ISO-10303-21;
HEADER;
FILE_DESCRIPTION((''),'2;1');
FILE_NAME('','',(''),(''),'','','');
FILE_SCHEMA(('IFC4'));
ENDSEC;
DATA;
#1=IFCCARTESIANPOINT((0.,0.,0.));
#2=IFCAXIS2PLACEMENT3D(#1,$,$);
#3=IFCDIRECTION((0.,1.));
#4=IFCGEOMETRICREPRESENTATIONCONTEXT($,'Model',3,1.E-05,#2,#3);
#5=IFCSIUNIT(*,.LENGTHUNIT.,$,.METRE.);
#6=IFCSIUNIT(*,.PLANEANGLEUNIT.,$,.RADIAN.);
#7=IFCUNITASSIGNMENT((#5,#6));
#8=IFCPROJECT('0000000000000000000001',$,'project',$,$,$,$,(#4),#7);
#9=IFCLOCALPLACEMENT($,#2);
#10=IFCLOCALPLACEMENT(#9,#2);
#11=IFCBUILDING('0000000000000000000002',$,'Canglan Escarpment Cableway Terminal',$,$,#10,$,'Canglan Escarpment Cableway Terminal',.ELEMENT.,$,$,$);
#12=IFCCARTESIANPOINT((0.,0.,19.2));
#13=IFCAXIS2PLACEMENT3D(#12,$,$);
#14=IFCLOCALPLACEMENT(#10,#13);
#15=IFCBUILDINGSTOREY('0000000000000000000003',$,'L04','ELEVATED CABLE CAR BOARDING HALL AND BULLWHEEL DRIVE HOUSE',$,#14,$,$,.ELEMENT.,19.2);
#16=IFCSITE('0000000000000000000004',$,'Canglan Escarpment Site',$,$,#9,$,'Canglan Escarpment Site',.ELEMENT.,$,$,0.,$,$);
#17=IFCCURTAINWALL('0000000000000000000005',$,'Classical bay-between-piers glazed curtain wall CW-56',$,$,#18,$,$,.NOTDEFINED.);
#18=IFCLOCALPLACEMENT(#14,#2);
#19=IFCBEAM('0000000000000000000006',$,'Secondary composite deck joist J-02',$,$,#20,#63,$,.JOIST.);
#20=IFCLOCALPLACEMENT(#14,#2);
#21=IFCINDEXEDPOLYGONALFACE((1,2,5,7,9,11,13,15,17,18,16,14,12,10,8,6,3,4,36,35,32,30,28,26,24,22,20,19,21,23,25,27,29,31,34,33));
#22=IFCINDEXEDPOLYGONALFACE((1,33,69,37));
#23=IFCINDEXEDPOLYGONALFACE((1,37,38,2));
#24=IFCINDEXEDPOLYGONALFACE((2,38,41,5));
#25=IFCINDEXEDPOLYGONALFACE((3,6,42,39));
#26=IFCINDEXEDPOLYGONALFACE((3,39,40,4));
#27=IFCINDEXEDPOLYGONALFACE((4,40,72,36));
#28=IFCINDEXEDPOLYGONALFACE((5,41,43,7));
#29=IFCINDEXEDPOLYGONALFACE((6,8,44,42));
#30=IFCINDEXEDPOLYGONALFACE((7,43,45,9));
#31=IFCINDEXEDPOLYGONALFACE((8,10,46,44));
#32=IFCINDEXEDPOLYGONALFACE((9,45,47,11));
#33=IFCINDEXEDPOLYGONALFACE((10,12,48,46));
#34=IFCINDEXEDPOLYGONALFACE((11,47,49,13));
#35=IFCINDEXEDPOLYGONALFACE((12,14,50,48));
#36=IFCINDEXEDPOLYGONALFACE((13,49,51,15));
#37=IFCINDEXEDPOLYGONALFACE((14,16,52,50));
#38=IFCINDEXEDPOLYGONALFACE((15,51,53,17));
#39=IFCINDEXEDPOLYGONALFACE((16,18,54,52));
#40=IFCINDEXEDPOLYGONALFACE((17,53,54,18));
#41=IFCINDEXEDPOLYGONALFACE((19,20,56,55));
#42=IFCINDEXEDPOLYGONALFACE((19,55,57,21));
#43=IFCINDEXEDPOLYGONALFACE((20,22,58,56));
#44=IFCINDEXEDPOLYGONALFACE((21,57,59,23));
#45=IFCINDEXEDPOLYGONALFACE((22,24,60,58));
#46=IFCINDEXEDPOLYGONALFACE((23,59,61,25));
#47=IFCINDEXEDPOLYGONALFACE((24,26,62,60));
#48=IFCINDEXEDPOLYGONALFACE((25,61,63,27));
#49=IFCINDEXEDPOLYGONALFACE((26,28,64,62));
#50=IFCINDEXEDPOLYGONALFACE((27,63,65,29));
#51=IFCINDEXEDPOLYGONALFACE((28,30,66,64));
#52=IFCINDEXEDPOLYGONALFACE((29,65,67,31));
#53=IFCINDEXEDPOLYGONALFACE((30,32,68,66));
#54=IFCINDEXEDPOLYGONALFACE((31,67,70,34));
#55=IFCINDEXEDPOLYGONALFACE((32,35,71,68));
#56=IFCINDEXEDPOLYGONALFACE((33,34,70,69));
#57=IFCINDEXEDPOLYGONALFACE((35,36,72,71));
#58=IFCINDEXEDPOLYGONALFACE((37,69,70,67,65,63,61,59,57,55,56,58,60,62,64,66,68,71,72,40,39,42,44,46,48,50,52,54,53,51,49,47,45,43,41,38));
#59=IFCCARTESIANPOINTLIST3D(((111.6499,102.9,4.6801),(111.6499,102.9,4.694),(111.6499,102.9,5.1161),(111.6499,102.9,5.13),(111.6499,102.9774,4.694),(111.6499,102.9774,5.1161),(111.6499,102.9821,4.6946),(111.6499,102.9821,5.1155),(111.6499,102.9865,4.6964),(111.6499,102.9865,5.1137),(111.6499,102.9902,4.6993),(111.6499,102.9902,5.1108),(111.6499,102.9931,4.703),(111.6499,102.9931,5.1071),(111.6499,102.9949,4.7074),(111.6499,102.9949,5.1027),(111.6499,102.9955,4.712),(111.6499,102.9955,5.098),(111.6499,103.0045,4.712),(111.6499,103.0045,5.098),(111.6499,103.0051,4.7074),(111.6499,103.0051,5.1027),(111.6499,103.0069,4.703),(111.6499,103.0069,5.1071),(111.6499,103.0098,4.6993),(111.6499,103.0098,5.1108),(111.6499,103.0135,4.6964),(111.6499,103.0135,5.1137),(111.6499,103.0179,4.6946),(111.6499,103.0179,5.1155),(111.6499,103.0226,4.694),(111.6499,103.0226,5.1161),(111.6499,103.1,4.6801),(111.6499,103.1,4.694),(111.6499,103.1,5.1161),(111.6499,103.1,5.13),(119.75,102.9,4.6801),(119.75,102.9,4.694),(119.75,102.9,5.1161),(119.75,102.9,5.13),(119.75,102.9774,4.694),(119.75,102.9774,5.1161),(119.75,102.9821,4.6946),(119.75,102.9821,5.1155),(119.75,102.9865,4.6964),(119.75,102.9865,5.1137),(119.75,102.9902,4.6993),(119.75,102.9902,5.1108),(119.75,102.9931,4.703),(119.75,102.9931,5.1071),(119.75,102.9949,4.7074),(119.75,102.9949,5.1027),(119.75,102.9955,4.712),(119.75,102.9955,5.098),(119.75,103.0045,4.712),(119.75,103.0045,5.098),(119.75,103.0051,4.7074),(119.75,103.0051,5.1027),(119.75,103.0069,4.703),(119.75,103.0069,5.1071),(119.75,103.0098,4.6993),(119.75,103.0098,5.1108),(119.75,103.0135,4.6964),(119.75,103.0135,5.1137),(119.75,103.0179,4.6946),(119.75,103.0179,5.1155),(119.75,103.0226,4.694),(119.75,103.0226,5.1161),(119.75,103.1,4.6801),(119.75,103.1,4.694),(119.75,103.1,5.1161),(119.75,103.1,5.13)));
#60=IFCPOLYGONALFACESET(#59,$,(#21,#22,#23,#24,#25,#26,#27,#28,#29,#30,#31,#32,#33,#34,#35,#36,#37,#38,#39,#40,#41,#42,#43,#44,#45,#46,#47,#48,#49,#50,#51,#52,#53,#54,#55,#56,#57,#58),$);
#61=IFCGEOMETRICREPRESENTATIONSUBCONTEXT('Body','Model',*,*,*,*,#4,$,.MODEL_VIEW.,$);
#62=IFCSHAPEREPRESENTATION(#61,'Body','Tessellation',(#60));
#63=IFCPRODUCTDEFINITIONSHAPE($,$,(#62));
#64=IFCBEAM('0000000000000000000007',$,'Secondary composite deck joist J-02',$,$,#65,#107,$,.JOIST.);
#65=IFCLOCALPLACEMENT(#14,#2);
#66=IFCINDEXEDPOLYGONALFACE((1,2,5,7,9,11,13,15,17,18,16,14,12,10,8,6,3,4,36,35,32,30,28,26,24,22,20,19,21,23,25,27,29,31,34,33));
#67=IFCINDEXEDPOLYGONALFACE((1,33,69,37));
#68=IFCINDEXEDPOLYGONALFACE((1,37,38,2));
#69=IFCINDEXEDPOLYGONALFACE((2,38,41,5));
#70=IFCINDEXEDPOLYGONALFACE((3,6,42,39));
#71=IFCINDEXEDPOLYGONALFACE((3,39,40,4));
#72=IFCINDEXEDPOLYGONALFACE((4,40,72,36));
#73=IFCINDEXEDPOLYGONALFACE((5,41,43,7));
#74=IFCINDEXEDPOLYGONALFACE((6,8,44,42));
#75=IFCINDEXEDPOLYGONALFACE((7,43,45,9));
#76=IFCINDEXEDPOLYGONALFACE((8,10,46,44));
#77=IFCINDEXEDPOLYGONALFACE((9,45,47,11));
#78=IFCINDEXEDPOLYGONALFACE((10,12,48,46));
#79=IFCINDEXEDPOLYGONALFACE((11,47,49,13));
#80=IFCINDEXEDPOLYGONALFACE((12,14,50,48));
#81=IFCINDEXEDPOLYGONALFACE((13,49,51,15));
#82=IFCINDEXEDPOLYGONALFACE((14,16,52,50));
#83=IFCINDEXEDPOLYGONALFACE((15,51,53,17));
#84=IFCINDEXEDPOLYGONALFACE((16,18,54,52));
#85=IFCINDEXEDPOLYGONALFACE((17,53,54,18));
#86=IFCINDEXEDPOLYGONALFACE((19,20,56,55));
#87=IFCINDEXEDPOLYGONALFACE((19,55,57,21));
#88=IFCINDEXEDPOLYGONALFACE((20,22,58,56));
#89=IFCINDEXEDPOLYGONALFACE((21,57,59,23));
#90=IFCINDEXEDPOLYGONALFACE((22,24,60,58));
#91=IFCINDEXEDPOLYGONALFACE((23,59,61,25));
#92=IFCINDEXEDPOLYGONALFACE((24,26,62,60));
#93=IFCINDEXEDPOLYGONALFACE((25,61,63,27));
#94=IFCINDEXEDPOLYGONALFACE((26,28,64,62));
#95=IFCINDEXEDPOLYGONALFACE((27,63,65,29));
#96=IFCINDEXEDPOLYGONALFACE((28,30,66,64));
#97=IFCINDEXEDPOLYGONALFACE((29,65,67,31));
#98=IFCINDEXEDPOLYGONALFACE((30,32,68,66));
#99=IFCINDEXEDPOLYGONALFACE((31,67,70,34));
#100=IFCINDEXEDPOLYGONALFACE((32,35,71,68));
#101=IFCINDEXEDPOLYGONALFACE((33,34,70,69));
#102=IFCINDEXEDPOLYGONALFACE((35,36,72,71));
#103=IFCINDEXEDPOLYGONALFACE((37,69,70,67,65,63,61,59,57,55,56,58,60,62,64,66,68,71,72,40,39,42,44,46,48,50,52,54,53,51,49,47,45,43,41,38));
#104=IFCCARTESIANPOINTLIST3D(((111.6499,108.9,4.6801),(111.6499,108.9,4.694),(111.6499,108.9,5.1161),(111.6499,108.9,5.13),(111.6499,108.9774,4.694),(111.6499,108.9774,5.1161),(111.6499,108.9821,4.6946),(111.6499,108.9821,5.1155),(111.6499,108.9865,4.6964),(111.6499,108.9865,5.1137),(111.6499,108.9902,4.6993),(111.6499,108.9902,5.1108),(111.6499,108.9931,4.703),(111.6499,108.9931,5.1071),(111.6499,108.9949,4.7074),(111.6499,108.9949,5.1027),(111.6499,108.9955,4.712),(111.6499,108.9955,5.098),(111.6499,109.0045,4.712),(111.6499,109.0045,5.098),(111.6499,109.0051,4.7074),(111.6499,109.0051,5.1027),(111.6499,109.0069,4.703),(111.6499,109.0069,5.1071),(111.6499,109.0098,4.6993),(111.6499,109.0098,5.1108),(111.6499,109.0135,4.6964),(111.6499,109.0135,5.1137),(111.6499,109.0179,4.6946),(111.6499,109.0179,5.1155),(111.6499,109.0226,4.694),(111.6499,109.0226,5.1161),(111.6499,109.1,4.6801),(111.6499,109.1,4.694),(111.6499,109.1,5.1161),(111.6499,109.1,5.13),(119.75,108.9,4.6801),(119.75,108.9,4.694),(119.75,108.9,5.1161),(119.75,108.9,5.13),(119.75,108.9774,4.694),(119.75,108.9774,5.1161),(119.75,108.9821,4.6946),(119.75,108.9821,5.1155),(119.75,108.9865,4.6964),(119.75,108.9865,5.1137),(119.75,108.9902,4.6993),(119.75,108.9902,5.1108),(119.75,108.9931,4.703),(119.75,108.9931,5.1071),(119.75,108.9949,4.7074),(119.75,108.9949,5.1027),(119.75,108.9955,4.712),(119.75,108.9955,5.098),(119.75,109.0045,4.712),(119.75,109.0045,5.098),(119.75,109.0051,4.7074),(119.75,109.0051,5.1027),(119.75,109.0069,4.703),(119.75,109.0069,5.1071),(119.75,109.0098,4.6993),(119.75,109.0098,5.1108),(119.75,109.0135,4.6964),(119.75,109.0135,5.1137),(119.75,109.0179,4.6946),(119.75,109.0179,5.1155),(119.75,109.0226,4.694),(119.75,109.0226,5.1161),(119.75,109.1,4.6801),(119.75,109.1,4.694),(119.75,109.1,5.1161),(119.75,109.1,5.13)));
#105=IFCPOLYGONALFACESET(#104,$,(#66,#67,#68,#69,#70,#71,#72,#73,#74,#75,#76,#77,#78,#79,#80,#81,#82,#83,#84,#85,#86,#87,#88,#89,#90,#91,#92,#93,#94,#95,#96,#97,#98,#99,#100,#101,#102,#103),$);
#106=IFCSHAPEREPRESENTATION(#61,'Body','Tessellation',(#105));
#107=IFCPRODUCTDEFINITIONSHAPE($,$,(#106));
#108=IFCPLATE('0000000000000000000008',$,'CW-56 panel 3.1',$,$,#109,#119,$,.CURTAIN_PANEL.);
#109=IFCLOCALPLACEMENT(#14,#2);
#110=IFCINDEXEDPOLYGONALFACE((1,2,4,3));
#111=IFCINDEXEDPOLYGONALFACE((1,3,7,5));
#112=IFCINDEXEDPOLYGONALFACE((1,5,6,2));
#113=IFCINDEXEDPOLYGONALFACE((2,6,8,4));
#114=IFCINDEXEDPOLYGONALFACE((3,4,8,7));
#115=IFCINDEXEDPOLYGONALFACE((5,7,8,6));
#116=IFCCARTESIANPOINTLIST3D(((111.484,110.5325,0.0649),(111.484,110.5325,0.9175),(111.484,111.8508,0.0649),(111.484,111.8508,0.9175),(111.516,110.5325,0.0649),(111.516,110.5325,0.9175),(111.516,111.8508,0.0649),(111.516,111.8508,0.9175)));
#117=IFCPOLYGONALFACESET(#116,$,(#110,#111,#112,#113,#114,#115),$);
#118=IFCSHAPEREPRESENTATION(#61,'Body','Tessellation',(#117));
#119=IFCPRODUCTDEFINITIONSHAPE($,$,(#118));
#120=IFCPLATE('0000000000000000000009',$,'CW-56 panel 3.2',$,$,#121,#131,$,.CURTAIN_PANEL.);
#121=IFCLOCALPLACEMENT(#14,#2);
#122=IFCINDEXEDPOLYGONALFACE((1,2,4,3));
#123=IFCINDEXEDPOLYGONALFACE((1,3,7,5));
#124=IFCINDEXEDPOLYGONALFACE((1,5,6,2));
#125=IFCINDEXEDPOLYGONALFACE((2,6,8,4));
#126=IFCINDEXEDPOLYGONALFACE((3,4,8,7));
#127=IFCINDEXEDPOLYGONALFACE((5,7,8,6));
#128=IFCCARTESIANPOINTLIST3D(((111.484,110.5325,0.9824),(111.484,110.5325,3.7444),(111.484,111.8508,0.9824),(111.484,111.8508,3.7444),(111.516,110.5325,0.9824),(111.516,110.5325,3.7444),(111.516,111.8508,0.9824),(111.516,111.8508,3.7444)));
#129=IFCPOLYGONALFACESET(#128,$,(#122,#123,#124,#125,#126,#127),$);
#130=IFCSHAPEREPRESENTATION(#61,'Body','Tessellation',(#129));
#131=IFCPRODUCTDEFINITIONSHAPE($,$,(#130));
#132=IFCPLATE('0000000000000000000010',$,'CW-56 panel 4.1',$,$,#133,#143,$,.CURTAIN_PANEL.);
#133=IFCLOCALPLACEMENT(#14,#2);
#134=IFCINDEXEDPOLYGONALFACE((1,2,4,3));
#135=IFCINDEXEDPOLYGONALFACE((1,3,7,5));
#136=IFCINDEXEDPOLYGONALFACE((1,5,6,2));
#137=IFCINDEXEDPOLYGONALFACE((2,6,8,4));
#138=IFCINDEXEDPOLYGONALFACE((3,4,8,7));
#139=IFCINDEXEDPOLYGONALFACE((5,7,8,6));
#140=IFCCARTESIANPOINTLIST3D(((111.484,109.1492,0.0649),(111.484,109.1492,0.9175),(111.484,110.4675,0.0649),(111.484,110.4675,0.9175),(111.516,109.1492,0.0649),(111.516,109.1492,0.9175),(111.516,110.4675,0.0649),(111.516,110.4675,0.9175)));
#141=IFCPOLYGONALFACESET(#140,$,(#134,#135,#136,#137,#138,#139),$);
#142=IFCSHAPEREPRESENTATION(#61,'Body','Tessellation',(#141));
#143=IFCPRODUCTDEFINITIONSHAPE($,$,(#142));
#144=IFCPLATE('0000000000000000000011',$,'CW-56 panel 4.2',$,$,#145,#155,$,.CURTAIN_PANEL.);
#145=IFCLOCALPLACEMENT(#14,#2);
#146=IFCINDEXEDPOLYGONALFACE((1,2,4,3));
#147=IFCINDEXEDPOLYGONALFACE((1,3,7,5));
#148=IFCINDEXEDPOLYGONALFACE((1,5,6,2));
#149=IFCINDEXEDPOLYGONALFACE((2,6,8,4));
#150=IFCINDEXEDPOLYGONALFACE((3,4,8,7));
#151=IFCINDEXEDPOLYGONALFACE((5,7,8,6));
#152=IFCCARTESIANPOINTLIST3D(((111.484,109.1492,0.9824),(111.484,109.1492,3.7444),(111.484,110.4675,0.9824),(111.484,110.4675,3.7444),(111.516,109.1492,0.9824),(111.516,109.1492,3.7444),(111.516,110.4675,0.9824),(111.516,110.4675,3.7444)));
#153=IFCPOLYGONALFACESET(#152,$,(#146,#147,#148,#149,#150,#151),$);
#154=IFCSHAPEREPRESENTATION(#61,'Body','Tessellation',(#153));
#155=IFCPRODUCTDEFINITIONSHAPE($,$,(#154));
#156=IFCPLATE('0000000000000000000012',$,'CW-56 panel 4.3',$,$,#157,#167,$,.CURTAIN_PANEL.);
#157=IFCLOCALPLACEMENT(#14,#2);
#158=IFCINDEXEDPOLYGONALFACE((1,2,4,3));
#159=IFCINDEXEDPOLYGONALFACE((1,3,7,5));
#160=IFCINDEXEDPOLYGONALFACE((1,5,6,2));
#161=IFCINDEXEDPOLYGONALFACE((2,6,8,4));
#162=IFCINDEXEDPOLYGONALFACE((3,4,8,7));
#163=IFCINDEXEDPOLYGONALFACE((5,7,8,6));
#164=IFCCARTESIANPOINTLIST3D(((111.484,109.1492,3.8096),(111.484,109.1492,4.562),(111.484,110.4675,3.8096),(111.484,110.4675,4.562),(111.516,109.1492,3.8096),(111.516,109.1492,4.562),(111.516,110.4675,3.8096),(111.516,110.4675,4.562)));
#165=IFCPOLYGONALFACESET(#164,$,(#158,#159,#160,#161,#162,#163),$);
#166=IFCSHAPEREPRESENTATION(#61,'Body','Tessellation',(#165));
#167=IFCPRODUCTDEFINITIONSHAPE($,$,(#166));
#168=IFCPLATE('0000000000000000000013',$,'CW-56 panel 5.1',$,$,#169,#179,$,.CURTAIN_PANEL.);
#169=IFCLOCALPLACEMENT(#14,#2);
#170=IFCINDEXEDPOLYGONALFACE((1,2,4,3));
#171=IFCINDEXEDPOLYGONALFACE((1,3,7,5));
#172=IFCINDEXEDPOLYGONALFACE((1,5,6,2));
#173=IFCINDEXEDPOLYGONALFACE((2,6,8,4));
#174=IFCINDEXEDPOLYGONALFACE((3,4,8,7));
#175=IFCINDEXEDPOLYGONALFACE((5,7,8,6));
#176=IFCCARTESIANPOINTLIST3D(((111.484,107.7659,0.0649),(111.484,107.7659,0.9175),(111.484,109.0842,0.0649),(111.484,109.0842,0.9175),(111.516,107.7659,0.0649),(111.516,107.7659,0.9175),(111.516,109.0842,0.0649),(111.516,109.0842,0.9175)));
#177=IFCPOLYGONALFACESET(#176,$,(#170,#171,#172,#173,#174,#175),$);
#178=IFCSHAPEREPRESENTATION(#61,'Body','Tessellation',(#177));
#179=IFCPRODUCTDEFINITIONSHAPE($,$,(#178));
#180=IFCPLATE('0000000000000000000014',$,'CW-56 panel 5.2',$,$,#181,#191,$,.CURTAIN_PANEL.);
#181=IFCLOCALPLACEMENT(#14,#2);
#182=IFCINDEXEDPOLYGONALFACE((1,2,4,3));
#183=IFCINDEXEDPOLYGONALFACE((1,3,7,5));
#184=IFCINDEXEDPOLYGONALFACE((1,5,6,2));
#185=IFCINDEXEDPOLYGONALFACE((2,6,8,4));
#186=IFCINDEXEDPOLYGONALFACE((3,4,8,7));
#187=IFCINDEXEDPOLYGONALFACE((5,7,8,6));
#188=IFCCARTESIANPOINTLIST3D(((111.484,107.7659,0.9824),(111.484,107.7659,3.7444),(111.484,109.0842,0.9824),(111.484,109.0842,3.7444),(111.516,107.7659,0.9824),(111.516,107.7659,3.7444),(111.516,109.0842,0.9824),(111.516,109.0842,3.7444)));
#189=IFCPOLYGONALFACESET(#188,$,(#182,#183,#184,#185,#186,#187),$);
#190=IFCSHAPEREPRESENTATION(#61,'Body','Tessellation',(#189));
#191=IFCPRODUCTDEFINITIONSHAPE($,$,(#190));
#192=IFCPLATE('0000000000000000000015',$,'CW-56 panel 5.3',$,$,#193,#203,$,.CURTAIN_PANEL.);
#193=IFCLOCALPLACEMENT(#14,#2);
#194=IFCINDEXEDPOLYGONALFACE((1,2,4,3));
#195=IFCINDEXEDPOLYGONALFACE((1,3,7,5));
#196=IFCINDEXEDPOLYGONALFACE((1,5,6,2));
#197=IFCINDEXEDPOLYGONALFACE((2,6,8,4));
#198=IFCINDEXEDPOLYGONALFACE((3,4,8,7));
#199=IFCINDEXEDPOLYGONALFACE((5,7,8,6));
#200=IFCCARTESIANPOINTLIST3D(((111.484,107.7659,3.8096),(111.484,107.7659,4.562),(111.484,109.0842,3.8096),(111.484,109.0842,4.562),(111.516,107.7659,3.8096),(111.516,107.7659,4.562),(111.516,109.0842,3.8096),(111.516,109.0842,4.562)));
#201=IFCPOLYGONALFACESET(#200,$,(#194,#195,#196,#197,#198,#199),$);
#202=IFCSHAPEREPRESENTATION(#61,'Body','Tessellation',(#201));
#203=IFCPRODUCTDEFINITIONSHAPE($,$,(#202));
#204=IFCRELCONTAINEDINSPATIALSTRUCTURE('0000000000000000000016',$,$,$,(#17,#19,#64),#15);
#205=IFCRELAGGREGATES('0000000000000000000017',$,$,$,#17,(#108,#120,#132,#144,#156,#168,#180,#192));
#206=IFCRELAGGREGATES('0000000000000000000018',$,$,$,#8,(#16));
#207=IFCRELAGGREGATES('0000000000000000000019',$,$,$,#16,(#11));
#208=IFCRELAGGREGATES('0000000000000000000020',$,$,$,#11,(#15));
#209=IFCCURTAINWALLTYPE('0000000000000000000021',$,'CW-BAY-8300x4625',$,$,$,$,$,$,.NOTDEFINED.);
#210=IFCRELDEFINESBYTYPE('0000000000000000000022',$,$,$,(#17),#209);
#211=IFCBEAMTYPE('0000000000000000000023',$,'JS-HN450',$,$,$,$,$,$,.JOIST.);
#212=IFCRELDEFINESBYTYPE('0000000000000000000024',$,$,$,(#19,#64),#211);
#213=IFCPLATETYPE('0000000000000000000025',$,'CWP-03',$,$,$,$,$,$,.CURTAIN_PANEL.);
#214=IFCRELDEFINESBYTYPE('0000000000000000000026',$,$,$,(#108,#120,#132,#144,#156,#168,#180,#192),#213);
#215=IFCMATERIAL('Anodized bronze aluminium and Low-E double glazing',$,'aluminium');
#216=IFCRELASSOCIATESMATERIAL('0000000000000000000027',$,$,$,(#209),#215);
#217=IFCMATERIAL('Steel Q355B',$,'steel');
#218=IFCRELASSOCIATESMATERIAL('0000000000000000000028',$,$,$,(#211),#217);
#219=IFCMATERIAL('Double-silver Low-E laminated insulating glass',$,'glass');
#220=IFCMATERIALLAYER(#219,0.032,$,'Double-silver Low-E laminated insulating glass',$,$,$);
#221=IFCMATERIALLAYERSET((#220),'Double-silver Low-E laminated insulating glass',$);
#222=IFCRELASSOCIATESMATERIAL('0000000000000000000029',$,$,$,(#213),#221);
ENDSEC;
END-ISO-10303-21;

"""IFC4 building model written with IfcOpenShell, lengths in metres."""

from ifc_helpers import new_model, si_unit, direction, frame, origin, origin_2d, place, context, subcontext, project, spatial, rectangle, i_section, extrude, material, layer, layer_set, material_profile, profile_set, type_object, element, aggregate, save


model = new_model("IFC4")

# Units and contexts
model_context = context("Model", 3, precision=1e-05, world=origin(), true_north=direction((0.0, 1.0)))
body_context = subcontext(model_context, "Body", "Model", "MODEL_VIEW")
ifc_project = project(units=[si_unit("LENGTHUNIT", "METRE"), si_unit("PLANEANGLEUNIT", "RADIAN")], contexts=[model_context])

# Site, building, storey
site_placement = place(None, origin())
site = spatial("IfcSite", under=ifc_project, at=site_placement, Name="Canglan Escarpment Site", LongName="Canglan Escarpment Site", CompositionType="ELEMENT", RefElevation=0.0)
building_placement = place(site_placement, origin())
building = spatial("IfcBuilding", under=site, at=building_placement, Name="Canglan Escarpment Cableway Terminal", LongName="Canglan Escarpment Cableway Terminal", CompositionType="ELEMENT")
storey_placement = place(building_placement, frame((0.0, 0.0, 19.2)))
storey = spatial("IfcBuildingStorey", under=building, at=storey_placement, Name="L04", Description="ELEVATED CABLE CAR BOARDING HALL AND BULLWHEEL DRIVE HOUSE", CompositionType="ELEMENT", Elevation=19.2)

# Curtain wall
ifc_material_1 = material(Name="Anodized bronze aluminium and Low-E double glazing", Category="aluminium")
curtain_wall_type = type_object("IfcCurtainWallType", Name="CW-BAY-8300x4625", PredefinedType="NOTDEFINED", material=ifc_material_1)
curtain_wall_1_placement = place(storey_placement, origin())
curtain_wall_1 = element("IfcCurtainWall", 1, at=curtain_wall_1_placement, inside=storey, type_object=curtain_wall_type, Name="Classical bay-between-piers glazed curtain wall CW-56", PredefinedType="NOTDEFINED")

# Beams
ifc_material_2 = material(Name="Steel Q355B", Category="steel")
ifc_material_profile_1 = material_profile(ifc_material_2, i_section(OverallWidth=0.2, OverallDepth=0.45, WebThickness=0.009, FlangeThickness=0.0139, FilletRadius=0.0181, at=origin_2d()), Name="HN 450x200x9x14")
ifc_profile_set_1 = profile_set([ifc_material_profile_1], Name="Steel Q355B")
beam_type_1 = type_object("IfcBeamType", Name="JS-HN450", PredefinedType="JOIST", material=ifc_profile_set_1)
for number, where, z_axis, x_axis, name in (
    (2, (111.6499, 103.0, 4.905), (1.0, 0.0, 0.0), (0.0, 1.0, 0.0), "Secondary composite deck joist J-02"),
    (3, (111.6499, 109.0, 4.905), (1.0, 0.0, 0.0), (0.0, 1.0, 0.0), "Secondary composite deck joist J-02"),
):
    element("IfcBeam", number, at=place(storey_placement, frame(where, z_axis=z_axis, x_axis=x_axis)), inside=storey, type_object=beam_type_1, Name=name, PredefinedType="JOIST", context=body_context, shape_type="SweptSolid", body=[
        extrude(i_section(OverallWidth=0.2, OverallDepth=0.45, WebThickness=0.009, FlangeThickness=0.0139, FilletRadius=0.0181, at=origin_2d()), origin(), (0.0, 0.0, 1.0), 8.1001),
    ])

# Plates
ifc_material_3 = material(Name="Double-silver Low-E laminated insulating glass", Category="glass")
ifc_layer = layer(ifc_material_3, 0.032, Name="Double-silver Low-E laminated insulating glass")
ifc_layer_set = layer_set([ifc_layer], Name="Double-silver Low-E laminated insulating glass")
plate_type = type_object("IfcPlateType", Name="CWP-03", PredefinedType="CURTAIN_PANEL", material=ifc_layer_set)
plate_1_placement = place(storey_placement, frame((111.5, 111.1917, 0.0649), z_axis=(0.0, 0.0, 1.0), x_axis=(0.0, -1.0, 0.0)))
plate_1 = element("IfcPlate", 4, at=plate_1_placement, type_object=plate_type, Name="CW-56 panel 3.1", PredefinedType="CURTAIN_PANEL", context=body_context, shape_type="SweptSolid", body=[
    extrude(rectangle(XDim=1.3184, YDim=0.032, at=origin_2d()), origin(), (0.0, 0.0, 1.0), 0.8525),
])
plate_2_placement = place(storey_placement, frame((111.5, 111.1917, 0.9824), z_axis=(0.0, 0.0, 1.0), x_axis=(0.0, -1.0, 0.0)))
plate_2 = element("IfcPlate", 5, at=plate_2_placement, type_object=plate_type, Name="CW-56 panel 3.2", PredefinedType="CURTAIN_PANEL", context=body_context, shape_type="SweptSolid", body=[
    extrude(rectangle(XDim=1.3184, YDim=0.032, at=origin_2d()), origin(), (0.0, 0.0, 1.0), 2.762),
])
plate_3_placement = place(storey_placement, frame((111.5, 109.8083, 0.0649), z_axis=(0.0, 0.0, 1.0), x_axis=(0.0, -1.0, 0.0)))
plate_3 = element("IfcPlate", 6, at=plate_3_placement, type_object=plate_type, Name="CW-56 panel 4.1", PredefinedType="CURTAIN_PANEL", context=body_context, shape_type="SweptSolid", body=[
    extrude(rectangle(XDim=1.3184, YDim=0.032, at=origin_2d()), origin(), (0.0, 0.0, 1.0), 0.8525),
])
plate_4_placement = place(storey_placement, frame((111.5, 109.8083, 0.9824), z_axis=(0.0, 0.0, 1.0), x_axis=(0.0, -1.0, 0.0)))
plate_4 = element("IfcPlate", 7, at=plate_4_placement, type_object=plate_type, Name="CW-56 panel 4.2", PredefinedType="CURTAIN_PANEL", context=body_context, shape_type="SweptSolid", body=[
    extrude(rectangle(XDim=1.3184, YDim=0.032, at=origin_2d()), origin(), (0.0, 0.0, 1.0), 2.762),
])
plate_5_placement = place(storey_placement, frame((111.5, 109.8083, 3.8096), z_axis=(0.0, 0.0, 1.0), x_axis=(0.0, -1.0, 0.0)))
plate_5 = element("IfcPlate", 8, at=plate_5_placement, type_object=plate_type, Name="CW-56 panel 4.3", PredefinedType="CURTAIN_PANEL", context=body_context, shape_type="SweptSolid", body=[
    extrude(rectangle(XDim=1.3184, YDim=0.032, at=origin_2d()), origin(), (0.0, 0.0, 1.0), 0.7524),
])
plate_6_placement = place(storey_placement, frame((111.5, 108.425, 0.0649), z_axis=(0.0, 0.0, 1.0), x_axis=(0.0, -1.0, 0.0)))
plate_6 = element("IfcPlate", 9, at=plate_6_placement, type_object=plate_type, Name="CW-56 panel 5.1", PredefinedType="CURTAIN_PANEL", context=body_context, shape_type="SweptSolid", body=[
    extrude(rectangle(XDim=1.3184, YDim=0.032, at=origin_2d()), origin(), (0.0, 0.0, 1.0), 0.8525),
])
plate_7_placement = place(storey_placement, frame((111.5, 108.425, 0.9824), z_axis=(0.0, 0.0, 1.0), x_axis=(0.0, -1.0, 0.0)))
plate_7 = element("IfcPlate", 10, at=plate_7_placement, type_object=plate_type, Name="CW-56 panel 5.2", PredefinedType="CURTAIN_PANEL", context=body_context, shape_type="SweptSolid", body=[
    extrude(rectangle(XDim=1.3184, YDim=0.032, at=origin_2d()), origin(), (0.0, 0.0, 1.0), 2.762),
])
plate_8_placement = place(storey_placement, frame((111.5, 108.425, 3.8096), z_axis=(0.0, 0.0, 1.0), x_axis=(0.0, -1.0, 0.0)))
plate_8 = element("IfcPlate", 11, at=plate_8_placement, type_object=plate_type, Name="CW-56 panel 5.3", PredefinedType="CURTAIN_PANEL", context=body_context, shape_type="SweptSolid", body=[
    extrude(rectangle(XDim=1.3184, YDim=0.032, at=origin_2d()), origin(), (0.0, 0.0, 1.0), 0.7524),
])
aggregate(curtain_wall_1, [plate_1, plate_2, plate_3, plate_4, plate_5, plate_6, plate_7, plate_8])

save(model, "model.ifc")
